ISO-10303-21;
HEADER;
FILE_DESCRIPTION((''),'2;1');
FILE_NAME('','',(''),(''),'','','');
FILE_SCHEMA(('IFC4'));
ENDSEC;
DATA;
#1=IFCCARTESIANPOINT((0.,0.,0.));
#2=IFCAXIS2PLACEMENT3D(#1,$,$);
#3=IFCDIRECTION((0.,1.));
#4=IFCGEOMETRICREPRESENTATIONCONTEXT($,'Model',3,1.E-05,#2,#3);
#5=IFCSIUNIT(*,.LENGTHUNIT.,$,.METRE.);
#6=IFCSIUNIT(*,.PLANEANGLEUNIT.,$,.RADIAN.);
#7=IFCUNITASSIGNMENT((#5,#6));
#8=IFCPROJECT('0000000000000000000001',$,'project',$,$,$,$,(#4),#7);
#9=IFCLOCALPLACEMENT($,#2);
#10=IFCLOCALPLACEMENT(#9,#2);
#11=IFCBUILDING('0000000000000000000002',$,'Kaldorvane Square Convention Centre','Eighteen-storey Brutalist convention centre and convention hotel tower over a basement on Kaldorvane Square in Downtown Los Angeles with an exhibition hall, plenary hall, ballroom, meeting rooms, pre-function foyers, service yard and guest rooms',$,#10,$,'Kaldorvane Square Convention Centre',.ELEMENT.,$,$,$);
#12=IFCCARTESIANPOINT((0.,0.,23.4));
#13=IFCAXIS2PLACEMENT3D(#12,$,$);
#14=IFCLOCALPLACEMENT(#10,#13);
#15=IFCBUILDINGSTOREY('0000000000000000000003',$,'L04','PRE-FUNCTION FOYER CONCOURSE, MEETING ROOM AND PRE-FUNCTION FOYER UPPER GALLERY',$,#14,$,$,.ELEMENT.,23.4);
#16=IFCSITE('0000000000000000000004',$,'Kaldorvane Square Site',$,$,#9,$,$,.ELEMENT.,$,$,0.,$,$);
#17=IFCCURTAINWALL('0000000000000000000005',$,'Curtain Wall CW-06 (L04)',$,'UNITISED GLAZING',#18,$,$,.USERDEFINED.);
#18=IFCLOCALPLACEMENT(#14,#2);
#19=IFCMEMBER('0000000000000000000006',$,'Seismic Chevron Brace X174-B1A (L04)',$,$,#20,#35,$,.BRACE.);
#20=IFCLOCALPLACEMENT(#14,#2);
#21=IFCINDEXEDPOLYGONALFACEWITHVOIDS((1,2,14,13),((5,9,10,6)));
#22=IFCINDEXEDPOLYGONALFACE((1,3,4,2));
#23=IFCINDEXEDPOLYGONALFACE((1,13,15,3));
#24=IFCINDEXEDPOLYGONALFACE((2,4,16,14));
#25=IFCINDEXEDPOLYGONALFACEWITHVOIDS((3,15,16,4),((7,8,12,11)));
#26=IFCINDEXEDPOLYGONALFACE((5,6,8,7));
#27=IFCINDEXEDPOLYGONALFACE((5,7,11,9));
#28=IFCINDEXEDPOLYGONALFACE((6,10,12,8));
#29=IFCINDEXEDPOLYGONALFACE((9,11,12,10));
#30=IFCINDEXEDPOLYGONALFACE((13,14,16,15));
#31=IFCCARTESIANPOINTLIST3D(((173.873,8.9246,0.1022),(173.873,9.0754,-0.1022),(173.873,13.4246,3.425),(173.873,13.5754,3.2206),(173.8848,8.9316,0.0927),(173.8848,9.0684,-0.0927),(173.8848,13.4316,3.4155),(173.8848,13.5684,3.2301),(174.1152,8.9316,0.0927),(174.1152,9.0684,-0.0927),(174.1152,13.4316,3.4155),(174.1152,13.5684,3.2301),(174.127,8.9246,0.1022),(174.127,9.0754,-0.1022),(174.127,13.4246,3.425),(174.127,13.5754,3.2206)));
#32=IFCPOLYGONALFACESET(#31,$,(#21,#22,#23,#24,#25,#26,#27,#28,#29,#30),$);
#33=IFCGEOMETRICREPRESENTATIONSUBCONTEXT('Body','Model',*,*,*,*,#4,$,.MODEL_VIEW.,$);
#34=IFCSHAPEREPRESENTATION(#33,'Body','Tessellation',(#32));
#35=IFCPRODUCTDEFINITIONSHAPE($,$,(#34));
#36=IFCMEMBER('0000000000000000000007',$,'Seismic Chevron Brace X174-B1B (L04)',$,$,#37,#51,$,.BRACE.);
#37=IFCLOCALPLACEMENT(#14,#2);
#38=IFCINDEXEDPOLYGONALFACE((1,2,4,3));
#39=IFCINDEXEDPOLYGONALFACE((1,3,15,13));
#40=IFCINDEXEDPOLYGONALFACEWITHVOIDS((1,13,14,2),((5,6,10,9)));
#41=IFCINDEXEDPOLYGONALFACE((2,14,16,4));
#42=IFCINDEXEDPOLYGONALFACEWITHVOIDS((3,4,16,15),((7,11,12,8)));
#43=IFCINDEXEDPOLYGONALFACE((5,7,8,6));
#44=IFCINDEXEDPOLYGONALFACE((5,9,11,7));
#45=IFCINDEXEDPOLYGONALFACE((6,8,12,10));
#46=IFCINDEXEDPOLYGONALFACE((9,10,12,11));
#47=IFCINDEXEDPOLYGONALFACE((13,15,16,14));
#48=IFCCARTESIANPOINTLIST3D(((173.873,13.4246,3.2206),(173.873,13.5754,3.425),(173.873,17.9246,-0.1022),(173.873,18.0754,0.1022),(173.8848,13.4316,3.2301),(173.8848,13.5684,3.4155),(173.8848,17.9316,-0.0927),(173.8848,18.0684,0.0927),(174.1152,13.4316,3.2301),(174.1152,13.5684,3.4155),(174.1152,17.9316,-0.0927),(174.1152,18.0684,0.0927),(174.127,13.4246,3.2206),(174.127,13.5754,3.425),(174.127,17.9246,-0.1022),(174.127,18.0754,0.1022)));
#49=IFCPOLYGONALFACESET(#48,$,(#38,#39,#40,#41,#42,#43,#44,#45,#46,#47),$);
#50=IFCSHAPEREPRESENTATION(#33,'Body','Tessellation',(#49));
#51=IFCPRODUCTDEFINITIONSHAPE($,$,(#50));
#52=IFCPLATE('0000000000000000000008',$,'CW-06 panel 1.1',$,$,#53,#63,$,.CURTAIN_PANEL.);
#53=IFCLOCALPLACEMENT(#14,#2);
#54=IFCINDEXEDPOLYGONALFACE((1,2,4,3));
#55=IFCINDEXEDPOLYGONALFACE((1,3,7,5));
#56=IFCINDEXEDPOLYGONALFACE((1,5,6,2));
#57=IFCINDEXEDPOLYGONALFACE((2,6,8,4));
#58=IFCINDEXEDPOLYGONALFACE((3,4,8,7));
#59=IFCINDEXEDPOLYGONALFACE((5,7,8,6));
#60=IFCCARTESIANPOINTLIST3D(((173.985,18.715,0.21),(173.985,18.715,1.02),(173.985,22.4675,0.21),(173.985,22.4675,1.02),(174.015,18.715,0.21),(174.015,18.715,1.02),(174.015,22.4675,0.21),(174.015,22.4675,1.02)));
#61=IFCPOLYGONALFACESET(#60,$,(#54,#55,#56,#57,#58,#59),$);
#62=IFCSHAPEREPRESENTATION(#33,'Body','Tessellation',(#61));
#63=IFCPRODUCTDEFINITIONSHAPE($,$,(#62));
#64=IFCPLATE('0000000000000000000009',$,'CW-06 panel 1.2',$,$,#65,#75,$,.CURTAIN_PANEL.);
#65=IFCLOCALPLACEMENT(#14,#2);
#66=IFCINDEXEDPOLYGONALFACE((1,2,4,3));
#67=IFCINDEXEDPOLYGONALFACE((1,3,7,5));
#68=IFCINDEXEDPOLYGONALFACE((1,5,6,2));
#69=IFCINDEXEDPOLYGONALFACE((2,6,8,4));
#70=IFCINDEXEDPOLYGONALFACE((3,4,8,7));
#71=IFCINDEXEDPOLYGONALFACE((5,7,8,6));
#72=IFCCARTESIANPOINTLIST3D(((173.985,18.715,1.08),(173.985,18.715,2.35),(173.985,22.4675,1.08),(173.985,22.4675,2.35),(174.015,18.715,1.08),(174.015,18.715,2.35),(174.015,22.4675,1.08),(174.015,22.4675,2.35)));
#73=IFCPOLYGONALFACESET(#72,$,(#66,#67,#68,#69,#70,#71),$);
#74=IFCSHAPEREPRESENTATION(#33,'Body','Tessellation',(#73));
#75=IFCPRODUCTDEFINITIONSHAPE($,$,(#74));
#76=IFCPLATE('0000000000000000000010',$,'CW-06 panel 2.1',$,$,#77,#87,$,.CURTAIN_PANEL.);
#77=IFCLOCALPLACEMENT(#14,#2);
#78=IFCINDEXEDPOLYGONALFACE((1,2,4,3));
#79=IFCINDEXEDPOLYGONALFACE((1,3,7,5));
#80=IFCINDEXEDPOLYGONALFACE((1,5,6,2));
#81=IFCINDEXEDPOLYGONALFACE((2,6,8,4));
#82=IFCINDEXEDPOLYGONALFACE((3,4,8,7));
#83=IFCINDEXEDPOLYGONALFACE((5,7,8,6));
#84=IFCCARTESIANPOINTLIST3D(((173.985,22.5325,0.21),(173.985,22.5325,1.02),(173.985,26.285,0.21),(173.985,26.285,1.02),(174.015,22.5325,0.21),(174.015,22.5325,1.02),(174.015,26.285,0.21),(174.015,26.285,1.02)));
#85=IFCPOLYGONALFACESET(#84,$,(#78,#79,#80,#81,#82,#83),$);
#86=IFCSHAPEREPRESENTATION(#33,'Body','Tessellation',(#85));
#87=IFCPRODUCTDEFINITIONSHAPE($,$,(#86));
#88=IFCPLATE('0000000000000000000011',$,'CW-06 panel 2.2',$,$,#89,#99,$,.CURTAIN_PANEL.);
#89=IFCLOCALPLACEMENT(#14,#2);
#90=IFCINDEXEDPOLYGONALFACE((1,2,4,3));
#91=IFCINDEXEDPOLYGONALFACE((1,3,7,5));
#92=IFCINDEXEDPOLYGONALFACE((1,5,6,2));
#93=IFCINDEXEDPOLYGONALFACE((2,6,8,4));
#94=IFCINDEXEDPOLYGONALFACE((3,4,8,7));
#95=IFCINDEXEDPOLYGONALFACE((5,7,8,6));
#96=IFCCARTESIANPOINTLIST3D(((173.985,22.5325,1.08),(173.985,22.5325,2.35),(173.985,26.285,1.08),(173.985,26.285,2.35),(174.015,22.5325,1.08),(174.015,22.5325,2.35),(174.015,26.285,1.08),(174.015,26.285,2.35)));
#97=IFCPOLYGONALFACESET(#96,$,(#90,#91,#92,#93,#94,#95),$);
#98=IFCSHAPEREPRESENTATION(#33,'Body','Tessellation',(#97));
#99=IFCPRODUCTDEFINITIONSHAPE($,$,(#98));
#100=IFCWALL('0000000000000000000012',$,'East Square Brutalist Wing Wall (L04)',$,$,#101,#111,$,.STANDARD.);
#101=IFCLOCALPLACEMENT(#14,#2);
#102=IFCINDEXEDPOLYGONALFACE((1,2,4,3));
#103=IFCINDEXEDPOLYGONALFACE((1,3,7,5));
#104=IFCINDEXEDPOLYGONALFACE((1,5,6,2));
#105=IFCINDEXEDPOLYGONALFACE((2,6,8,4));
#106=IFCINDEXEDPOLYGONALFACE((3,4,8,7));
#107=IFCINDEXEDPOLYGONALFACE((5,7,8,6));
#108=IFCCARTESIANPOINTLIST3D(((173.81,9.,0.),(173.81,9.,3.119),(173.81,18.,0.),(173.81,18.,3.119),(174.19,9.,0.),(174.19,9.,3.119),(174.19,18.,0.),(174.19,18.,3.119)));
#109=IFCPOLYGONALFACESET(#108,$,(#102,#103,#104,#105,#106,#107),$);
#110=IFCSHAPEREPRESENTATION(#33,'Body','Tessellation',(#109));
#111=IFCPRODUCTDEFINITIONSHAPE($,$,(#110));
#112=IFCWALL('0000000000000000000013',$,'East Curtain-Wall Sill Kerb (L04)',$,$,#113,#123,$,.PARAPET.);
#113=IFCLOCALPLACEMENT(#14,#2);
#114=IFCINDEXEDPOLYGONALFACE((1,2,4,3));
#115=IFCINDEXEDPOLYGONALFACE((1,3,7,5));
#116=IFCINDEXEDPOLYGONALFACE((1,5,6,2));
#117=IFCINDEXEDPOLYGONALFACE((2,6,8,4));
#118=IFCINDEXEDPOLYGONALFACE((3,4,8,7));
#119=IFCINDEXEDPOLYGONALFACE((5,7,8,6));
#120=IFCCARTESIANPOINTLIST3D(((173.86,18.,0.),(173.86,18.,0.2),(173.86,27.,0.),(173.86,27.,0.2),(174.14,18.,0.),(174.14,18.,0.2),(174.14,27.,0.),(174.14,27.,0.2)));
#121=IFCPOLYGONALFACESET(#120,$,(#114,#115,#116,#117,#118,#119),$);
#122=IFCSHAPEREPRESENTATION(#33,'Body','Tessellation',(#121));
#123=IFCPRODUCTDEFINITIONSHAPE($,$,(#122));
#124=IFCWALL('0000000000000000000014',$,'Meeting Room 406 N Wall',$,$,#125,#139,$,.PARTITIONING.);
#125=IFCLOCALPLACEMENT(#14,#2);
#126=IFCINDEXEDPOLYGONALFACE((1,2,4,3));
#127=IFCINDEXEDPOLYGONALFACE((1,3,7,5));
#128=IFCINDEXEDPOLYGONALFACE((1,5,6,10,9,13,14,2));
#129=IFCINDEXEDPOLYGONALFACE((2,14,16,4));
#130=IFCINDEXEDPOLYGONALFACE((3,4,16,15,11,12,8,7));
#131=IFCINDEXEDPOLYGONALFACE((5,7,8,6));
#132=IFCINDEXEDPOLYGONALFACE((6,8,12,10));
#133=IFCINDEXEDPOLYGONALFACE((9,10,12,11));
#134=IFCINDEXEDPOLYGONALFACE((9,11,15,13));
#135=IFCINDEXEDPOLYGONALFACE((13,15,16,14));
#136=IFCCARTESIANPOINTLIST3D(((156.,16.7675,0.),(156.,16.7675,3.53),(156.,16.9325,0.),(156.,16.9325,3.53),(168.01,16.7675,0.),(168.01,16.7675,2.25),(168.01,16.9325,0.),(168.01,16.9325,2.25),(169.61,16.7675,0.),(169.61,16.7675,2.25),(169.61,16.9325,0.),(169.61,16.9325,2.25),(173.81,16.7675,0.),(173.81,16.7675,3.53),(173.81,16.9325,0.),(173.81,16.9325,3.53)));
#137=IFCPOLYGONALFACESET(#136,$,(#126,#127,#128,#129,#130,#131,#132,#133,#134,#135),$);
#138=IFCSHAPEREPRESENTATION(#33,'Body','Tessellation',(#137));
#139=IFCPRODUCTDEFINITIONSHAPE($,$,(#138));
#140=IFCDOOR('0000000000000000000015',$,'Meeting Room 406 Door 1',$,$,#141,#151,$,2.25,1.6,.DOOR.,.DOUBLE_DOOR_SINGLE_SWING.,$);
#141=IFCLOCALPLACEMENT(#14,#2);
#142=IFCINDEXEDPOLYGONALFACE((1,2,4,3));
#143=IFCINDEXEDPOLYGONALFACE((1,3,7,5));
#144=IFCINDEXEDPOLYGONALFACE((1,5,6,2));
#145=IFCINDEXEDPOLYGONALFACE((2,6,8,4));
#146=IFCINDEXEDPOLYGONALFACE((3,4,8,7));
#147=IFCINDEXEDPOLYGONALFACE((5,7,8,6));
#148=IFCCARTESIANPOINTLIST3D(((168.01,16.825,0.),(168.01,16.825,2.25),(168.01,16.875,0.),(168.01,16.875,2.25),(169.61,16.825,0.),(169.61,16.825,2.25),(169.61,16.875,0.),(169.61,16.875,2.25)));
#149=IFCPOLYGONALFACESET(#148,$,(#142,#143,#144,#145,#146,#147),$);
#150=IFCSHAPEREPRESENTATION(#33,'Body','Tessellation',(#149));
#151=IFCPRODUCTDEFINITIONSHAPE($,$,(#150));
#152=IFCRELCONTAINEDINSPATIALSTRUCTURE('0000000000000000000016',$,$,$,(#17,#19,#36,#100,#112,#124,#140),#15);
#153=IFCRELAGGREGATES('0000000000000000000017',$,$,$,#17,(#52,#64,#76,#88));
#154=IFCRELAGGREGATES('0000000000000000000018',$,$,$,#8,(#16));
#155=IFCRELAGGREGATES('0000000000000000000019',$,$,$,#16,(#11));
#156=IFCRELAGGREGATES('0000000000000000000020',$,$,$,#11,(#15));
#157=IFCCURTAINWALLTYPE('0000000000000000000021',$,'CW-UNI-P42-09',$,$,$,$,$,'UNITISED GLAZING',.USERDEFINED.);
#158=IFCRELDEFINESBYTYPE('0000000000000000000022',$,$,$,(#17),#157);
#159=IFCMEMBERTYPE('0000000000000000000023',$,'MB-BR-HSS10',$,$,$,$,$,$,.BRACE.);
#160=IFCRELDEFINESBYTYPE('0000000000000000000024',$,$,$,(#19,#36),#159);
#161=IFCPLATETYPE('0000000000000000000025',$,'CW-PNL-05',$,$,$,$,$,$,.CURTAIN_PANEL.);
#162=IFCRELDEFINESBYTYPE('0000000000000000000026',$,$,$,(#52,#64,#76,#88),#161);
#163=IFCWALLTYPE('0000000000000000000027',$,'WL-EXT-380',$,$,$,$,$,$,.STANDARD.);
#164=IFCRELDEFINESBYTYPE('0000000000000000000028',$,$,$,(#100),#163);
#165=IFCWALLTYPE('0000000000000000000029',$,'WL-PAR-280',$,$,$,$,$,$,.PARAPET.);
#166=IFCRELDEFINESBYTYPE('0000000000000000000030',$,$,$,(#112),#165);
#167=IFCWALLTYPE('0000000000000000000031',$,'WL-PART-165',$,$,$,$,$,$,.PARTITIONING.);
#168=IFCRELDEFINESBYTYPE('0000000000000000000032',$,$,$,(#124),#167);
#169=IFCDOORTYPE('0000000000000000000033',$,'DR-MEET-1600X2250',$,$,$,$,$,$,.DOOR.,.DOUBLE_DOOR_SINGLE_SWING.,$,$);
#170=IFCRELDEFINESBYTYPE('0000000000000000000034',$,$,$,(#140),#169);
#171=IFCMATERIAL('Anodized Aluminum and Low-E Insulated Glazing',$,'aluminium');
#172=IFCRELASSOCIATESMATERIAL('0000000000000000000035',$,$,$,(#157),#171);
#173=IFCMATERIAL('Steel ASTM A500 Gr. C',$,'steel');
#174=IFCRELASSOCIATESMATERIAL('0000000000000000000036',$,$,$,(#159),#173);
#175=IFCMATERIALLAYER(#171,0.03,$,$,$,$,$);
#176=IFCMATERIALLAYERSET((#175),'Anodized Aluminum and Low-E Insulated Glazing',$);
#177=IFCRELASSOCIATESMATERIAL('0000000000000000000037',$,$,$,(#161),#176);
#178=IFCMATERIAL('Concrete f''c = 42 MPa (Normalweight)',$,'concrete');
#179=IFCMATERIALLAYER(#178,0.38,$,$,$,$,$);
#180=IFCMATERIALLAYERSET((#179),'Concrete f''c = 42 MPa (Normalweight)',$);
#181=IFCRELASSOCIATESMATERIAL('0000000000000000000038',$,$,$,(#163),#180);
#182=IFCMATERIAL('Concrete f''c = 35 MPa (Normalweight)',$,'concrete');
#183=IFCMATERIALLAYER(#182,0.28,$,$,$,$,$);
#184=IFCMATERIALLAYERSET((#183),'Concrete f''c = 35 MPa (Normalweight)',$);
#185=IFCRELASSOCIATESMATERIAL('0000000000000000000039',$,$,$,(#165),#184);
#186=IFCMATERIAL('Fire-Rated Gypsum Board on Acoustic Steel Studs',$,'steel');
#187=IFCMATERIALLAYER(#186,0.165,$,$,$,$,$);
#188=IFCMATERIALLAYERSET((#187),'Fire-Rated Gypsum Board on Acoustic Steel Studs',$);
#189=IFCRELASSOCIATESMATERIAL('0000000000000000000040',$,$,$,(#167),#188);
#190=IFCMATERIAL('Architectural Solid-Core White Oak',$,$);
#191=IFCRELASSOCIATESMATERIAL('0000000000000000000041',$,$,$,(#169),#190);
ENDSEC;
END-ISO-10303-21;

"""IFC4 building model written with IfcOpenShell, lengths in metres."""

from ifc_helpers import new_model, si_unit, direction, frame, frame_2d, origin, origin_2d, place, context, subcontext, project, spatial, rectangle, hollow_rectangle, extrude, material, layer, layer_set, material_profile, profile_set, type_object, element, fill, aggregate, save


model = new_model("IFC4")

# Units and contexts
model_context = context("Model", 3, precision=1e-05, world=origin(), true_north=direction((0.0, 1.0)))
body_context = subcontext(model_context, "Body", "Model", "MODEL_VIEW")
ifc_project = project(units=[si_unit("LENGTHUNIT", "METRE"), si_unit("PLANEANGLEUNIT", "RADIAN")], contexts=[model_context])

# Site, building, storey
site_placement = place(None, origin())
site = spatial("IfcSite", under=ifc_project, at=site_placement, Name="Kaldorvane Square Site", CompositionType="ELEMENT", RefElevation=0.0)
building_placement = place(site_placement, origin())
building = spatial("IfcBuilding", under=site, at=building_placement, Name="Kaldorvane Square Convention Centre", Description="Eighteen-storey Brutalist convention centre and convention hotel tower over a basement on Kaldorvane Square in Downtown Los Angeles with an exhibition hall, plenary hall, ballroom, meeting rooms, pre-function foyers, service yard and guest rooms", LongName="Kaldorvane Square Convention Centre", CompositionType="ELEMENT")
storey_placement = place(building_placement, frame((0.0, 0.0, 23.4)))
storey = spatial("IfcBuildingStorey", under=building, at=storey_placement, Name="L04", Description="PRE-FUNCTION FOYER CONCOURSE, MEETING ROOM AND PRE-FUNCTION FOYER UPPER GALLERY", CompositionType="ELEMENT", Elevation=23.4)

# Shared definitions
ifc_material_1 = material(Name="Concrete f'c = 42 MPa (Normalweight)", Category="concrete")

# Shared definitions
ifc_material_2 = material(Name="Steel ASTM A500 Gr. C", Category="steel")

# Curtain wall
ifc_material_3 = material(Name="Anodized Aluminum and Low-E Insulated Glazing", Category="aluminium")
curtain_wall_type = type_object("IfcCurtainWallType", Name="CW-UNI-P42-09", ElementType="UNITISED GLAZING", PredefinedType="USERDEFINED", material=ifc_material_3)
curtain_wall_placement = place(storey_placement, origin())
curtain_wall = element("IfcCurtainWall", 1, at=curtain_wall_placement, inside=storey, type_object=curtain_wall_type, Name="Curtain Wall CW-06 (L04)", ObjectType="UNITISED GLAZING", PredefinedType="USERDEFINED")

# Members
ifc_material_profile_1 = material_profile(ifc_material_2, hollow_rectangle(XDim=0.254, YDim=0.254, WallThickness=0.0118, at=origin_2d()), Name="HSS10X10X1/2")
ifc_profile_set_1 = profile_set([ifc_material_profile_1], Name="Steel ASTM A500 Gr. C")
member_type_1 = type_object("IfcMemberType", Name="MB-BR-HSS10", PredefinedType="BRACE", material=ifc_profile_set_1)
for number, where, z_axis, x_axis, name in (
    (2, (174.0, 9.0, 0.0), (0.0, 0.804457, 0.594011), (-1.0, 0.0, 0.0), "Seismic Chevron Brace X174-B1A (L04)"),
    (3, (174.0, 18.0, 0.0), (0.0, -0.804457, 0.594011), (1.0, 0.0, 0.0), "Seismic Chevron Brace X174-B1B (L04)"),
):
    element("IfcMember", number, at=place(storey_placement, frame(where, z_axis=z_axis, x_axis=x_axis)), inside=storey, type_object=member_type_1, Name=name, PredefinedType="BRACE", context=body_context, shape_type="SweptSolid", body=[
        extrude(hollow_rectangle(XDim=0.254, YDim=0.254, WallThickness=0.0118, at=origin_2d()), origin(), (0.0, 0.0, 1.0), 5.5938),
    ])

# Plates
ifc_layer_1 = layer(ifc_material_3, 0.03)
ifc_layer_set_1 = layer_set([ifc_layer_1], Name="Anodized Aluminum and Low-E Insulated Glazing")
plate_type = type_object("IfcPlateType", Name="CW-PNL-05", PredefinedType="CURTAIN_PANEL", material=ifc_layer_set_1)
plate_1_placement = place(storey_placement, frame((174.0, 20.5912, 0.21), z_axis=(0.0, 0.0, 1.0), x_axis=(0.0, 1.0, 0.0)))
plate_1 = element("IfcPlate", 4, at=plate_1_placement, type_object=plate_type, Name="CW-06 panel 1.1", PredefinedType="CURTAIN_PANEL", context=body_context, shape_type="SweptSolid", body=[
    extrude(rectangle(XDim=3.7525, YDim=0.03, at=origin_2d()), origin(), (0.0, 0.0, 1.0), 0.81),
])
plate_2_placement = place(storey_placement, frame((174.0, 20.5912, 1.08), z_axis=(0.0, 0.0, 1.0), x_axis=(0.0, 1.0, 0.0)))
plate_2 = element("IfcPlate", 5, at=plate_2_placement, type_object=plate_type, Name="CW-06 panel 1.2", PredefinedType="CURTAIN_PANEL", context=body_context, shape_type="SweptSolid", body=[
    extrude(rectangle(XDim=3.7525, YDim=0.03, at=origin_2d()), origin(), (0.0, 0.0, 1.0), 1.27),
])
plate_3_placement = place(storey_placement, frame((174.0, 24.4088, 0.21), z_axis=(0.0, 0.0, 1.0), x_axis=(0.0, 1.0, 0.0)))
plate_3 = element("IfcPlate", 6, at=plate_3_placement, type_object=plate_type, Name="CW-06 panel 2.1", PredefinedType="CURTAIN_PANEL", context=body_context, shape_type="SweptSolid", body=[
    extrude(rectangle(XDim=3.7525, YDim=0.03, at=origin_2d()), origin(), (0.0, 0.0, 1.0), 0.81),
])
plate_4_placement = place(storey_placement, frame((174.0, 24.4088, 1.08), z_axis=(0.0, 0.0, 1.0), x_axis=(0.0, 1.0, 0.0)))
plate_4 = element("IfcPlate", 7, at=plate_4_placement, type_object=plate_type, Name="CW-06 panel 2.2", PredefinedType="CURTAIN_PANEL", context=body_context, shape_type="SweptSolid", body=[
    extrude(rectangle(XDim=3.7525, YDim=0.03, at=origin_2d()), origin(), (0.0, 0.0, 1.0), 1.27),
])
aggregate(curtain_wall, [plate_1, plate_2, plate_3, plate_4])

# Walls
ifc_layer_2 = layer(ifc_material_1, 0.38)
ifc_layer_set_2 = layer_set([ifc_layer_2], Name="Concrete f'c = 42 MPa (Normalweight)")
wall_type_1 = type_object("IfcWallType", Name="WL-EXT-380", PredefinedType="STANDARD", material=ifc_layer_set_2)
wall_1_placement = place(storey_placement, frame((174.0, 9.0, 0.0), z_axis=(0.0, 0.0, 1.0), x_axis=(0.0, 1.0, 0.0)))
element("IfcWall", 8, at=wall_1_placement, inside=storey, type_object=wall_type_1, Name="East Square Brutalist Wing Wall (L04)", PredefinedType="STANDARD", context=body_context, shape_type="SweptSolid", body=[
    extrude(rectangle(XDim=9.0, YDim=0.38, at=frame_2d((4.5, 0.0))), origin(), (0.0, 0.0, 1.0), 3.119),
])
ifc_material_4 = material(Name="Concrete f'c = 35 MPa (Normalweight)", Category="concrete")
ifc_layer_3 = layer(ifc_material_4, 0.28)
ifc_layer_set_3 = layer_set([ifc_layer_3], Name="Concrete f'c = 35 MPa (Normalweight)")
wall_type_2 = type_object("IfcWallType", Name="WL-PAR-280", PredefinedType="PARAPET", material=ifc_layer_set_3)
wall_2_placement = place(storey_placement, frame((174.0, 18.0, 0.0), z_axis=(0.0, 0.0, 1.0), x_axis=(0.0, 1.0, 0.0)))
element("IfcWall", 9, at=wall_2_placement, inside=storey, type_object=wall_type_2, Name="East Curtain-Wall Sill Kerb (L04)", PredefinedType="PARAPET", context=body_context, shape_type="SweptSolid", body=[
    extrude(rectangle(XDim=9.0, YDim=0.28, at=frame_2d((4.5, 0.0))), origin(), (0.0, 0.0, 1.0), 0.2),
])

# Wall, opening, door
ifc_material_5 = material(Name="Fire-Rated Gypsum Board on Acoustic Steel Studs", Category="steel")
ifc_layer_4 = layer(ifc_material_5, 0.165)
ifc_layer_set_4 = layer_set([ifc_layer_4], Name="Fire-Rated Gypsum Board on Acoustic Steel Studs")
wall_type_3 = type_object("IfcWallType", Name="WL-PART-165", PredefinedType="PARTITIONING", material=ifc_layer_set_4)
wall_3_placement = place(storey_placement, frame((173.81, 16.85, 0.0), z_axis=(0.0, 0.0, 1.0), x_axis=(-1.0, 0.0, 0.0)))
wall_3 = element("IfcWall", 10, at=wall_3_placement, inside=storey, type_object=wall_type_3, Name="Meeting Room 406 N Wall", PredefinedType="PARTITIONING", context=body_context, shape_type="SweptSolid", body=[
    extrude(rectangle(XDim=17.81, YDim=0.165, at=frame_2d((8.905, 0.0))), origin(), (0.0, 0.0, 1.0), 3.53),
])
opening_placement = place(wall_3_placement, frame((4.2, 0.0, 0.0)))
opening = element("IfcOpeningElement", 11, at=opening_placement, cuts=wall_3, PredefinedType="OPENING", context=body_context, shape_type="SweptSolid", body=[
    extrude(rectangle(XDim=1.6, YDim=2.25, at=frame_2d((0.8, 1.125))), frame((0.0, 0.0975, 0.0), z_axis=(0.0, -1.0, 0.0), x_axis=(1.0, 0.0, 0.0)), (0.0, 0.0, 1.0), 0.195),
])
ifc_material_6 = material(Name="Architectural Solid-Core White Oak")
door_type = type_object("IfcDoorType", Name="DR-MEET-1600X2250", OperationType="DOUBLE_DOOR_SINGLE_SWING", PredefinedType="DOOR", material=ifc_material_6)
door_placement = place(opening_placement, origin())
door = element("IfcDoor", 12, at=door_placement, inside=storey, type_object=door_type, Name="Meeting Room 406 Door 1", OperationType="DOUBLE_DOOR_SINGLE_SWING", OverallHeight=2.25, OverallWidth=1.6, PredefinedType="DOOR", context=body_context, shape_type="SweptSolid", body=[
    extrude(rectangle(XDim=1.6, YDim=2.25, at=frame_2d((0.8, 1.125))), frame((0.0, 0.025, 0.0), z_axis=(0.0, -1.0, 0.0), x_axis=(1.0, 0.0, 0.0)), (0.0, 0.0, 1.0), 0.05),
])
fill(opening, door)

save(model, "model.ifc")
